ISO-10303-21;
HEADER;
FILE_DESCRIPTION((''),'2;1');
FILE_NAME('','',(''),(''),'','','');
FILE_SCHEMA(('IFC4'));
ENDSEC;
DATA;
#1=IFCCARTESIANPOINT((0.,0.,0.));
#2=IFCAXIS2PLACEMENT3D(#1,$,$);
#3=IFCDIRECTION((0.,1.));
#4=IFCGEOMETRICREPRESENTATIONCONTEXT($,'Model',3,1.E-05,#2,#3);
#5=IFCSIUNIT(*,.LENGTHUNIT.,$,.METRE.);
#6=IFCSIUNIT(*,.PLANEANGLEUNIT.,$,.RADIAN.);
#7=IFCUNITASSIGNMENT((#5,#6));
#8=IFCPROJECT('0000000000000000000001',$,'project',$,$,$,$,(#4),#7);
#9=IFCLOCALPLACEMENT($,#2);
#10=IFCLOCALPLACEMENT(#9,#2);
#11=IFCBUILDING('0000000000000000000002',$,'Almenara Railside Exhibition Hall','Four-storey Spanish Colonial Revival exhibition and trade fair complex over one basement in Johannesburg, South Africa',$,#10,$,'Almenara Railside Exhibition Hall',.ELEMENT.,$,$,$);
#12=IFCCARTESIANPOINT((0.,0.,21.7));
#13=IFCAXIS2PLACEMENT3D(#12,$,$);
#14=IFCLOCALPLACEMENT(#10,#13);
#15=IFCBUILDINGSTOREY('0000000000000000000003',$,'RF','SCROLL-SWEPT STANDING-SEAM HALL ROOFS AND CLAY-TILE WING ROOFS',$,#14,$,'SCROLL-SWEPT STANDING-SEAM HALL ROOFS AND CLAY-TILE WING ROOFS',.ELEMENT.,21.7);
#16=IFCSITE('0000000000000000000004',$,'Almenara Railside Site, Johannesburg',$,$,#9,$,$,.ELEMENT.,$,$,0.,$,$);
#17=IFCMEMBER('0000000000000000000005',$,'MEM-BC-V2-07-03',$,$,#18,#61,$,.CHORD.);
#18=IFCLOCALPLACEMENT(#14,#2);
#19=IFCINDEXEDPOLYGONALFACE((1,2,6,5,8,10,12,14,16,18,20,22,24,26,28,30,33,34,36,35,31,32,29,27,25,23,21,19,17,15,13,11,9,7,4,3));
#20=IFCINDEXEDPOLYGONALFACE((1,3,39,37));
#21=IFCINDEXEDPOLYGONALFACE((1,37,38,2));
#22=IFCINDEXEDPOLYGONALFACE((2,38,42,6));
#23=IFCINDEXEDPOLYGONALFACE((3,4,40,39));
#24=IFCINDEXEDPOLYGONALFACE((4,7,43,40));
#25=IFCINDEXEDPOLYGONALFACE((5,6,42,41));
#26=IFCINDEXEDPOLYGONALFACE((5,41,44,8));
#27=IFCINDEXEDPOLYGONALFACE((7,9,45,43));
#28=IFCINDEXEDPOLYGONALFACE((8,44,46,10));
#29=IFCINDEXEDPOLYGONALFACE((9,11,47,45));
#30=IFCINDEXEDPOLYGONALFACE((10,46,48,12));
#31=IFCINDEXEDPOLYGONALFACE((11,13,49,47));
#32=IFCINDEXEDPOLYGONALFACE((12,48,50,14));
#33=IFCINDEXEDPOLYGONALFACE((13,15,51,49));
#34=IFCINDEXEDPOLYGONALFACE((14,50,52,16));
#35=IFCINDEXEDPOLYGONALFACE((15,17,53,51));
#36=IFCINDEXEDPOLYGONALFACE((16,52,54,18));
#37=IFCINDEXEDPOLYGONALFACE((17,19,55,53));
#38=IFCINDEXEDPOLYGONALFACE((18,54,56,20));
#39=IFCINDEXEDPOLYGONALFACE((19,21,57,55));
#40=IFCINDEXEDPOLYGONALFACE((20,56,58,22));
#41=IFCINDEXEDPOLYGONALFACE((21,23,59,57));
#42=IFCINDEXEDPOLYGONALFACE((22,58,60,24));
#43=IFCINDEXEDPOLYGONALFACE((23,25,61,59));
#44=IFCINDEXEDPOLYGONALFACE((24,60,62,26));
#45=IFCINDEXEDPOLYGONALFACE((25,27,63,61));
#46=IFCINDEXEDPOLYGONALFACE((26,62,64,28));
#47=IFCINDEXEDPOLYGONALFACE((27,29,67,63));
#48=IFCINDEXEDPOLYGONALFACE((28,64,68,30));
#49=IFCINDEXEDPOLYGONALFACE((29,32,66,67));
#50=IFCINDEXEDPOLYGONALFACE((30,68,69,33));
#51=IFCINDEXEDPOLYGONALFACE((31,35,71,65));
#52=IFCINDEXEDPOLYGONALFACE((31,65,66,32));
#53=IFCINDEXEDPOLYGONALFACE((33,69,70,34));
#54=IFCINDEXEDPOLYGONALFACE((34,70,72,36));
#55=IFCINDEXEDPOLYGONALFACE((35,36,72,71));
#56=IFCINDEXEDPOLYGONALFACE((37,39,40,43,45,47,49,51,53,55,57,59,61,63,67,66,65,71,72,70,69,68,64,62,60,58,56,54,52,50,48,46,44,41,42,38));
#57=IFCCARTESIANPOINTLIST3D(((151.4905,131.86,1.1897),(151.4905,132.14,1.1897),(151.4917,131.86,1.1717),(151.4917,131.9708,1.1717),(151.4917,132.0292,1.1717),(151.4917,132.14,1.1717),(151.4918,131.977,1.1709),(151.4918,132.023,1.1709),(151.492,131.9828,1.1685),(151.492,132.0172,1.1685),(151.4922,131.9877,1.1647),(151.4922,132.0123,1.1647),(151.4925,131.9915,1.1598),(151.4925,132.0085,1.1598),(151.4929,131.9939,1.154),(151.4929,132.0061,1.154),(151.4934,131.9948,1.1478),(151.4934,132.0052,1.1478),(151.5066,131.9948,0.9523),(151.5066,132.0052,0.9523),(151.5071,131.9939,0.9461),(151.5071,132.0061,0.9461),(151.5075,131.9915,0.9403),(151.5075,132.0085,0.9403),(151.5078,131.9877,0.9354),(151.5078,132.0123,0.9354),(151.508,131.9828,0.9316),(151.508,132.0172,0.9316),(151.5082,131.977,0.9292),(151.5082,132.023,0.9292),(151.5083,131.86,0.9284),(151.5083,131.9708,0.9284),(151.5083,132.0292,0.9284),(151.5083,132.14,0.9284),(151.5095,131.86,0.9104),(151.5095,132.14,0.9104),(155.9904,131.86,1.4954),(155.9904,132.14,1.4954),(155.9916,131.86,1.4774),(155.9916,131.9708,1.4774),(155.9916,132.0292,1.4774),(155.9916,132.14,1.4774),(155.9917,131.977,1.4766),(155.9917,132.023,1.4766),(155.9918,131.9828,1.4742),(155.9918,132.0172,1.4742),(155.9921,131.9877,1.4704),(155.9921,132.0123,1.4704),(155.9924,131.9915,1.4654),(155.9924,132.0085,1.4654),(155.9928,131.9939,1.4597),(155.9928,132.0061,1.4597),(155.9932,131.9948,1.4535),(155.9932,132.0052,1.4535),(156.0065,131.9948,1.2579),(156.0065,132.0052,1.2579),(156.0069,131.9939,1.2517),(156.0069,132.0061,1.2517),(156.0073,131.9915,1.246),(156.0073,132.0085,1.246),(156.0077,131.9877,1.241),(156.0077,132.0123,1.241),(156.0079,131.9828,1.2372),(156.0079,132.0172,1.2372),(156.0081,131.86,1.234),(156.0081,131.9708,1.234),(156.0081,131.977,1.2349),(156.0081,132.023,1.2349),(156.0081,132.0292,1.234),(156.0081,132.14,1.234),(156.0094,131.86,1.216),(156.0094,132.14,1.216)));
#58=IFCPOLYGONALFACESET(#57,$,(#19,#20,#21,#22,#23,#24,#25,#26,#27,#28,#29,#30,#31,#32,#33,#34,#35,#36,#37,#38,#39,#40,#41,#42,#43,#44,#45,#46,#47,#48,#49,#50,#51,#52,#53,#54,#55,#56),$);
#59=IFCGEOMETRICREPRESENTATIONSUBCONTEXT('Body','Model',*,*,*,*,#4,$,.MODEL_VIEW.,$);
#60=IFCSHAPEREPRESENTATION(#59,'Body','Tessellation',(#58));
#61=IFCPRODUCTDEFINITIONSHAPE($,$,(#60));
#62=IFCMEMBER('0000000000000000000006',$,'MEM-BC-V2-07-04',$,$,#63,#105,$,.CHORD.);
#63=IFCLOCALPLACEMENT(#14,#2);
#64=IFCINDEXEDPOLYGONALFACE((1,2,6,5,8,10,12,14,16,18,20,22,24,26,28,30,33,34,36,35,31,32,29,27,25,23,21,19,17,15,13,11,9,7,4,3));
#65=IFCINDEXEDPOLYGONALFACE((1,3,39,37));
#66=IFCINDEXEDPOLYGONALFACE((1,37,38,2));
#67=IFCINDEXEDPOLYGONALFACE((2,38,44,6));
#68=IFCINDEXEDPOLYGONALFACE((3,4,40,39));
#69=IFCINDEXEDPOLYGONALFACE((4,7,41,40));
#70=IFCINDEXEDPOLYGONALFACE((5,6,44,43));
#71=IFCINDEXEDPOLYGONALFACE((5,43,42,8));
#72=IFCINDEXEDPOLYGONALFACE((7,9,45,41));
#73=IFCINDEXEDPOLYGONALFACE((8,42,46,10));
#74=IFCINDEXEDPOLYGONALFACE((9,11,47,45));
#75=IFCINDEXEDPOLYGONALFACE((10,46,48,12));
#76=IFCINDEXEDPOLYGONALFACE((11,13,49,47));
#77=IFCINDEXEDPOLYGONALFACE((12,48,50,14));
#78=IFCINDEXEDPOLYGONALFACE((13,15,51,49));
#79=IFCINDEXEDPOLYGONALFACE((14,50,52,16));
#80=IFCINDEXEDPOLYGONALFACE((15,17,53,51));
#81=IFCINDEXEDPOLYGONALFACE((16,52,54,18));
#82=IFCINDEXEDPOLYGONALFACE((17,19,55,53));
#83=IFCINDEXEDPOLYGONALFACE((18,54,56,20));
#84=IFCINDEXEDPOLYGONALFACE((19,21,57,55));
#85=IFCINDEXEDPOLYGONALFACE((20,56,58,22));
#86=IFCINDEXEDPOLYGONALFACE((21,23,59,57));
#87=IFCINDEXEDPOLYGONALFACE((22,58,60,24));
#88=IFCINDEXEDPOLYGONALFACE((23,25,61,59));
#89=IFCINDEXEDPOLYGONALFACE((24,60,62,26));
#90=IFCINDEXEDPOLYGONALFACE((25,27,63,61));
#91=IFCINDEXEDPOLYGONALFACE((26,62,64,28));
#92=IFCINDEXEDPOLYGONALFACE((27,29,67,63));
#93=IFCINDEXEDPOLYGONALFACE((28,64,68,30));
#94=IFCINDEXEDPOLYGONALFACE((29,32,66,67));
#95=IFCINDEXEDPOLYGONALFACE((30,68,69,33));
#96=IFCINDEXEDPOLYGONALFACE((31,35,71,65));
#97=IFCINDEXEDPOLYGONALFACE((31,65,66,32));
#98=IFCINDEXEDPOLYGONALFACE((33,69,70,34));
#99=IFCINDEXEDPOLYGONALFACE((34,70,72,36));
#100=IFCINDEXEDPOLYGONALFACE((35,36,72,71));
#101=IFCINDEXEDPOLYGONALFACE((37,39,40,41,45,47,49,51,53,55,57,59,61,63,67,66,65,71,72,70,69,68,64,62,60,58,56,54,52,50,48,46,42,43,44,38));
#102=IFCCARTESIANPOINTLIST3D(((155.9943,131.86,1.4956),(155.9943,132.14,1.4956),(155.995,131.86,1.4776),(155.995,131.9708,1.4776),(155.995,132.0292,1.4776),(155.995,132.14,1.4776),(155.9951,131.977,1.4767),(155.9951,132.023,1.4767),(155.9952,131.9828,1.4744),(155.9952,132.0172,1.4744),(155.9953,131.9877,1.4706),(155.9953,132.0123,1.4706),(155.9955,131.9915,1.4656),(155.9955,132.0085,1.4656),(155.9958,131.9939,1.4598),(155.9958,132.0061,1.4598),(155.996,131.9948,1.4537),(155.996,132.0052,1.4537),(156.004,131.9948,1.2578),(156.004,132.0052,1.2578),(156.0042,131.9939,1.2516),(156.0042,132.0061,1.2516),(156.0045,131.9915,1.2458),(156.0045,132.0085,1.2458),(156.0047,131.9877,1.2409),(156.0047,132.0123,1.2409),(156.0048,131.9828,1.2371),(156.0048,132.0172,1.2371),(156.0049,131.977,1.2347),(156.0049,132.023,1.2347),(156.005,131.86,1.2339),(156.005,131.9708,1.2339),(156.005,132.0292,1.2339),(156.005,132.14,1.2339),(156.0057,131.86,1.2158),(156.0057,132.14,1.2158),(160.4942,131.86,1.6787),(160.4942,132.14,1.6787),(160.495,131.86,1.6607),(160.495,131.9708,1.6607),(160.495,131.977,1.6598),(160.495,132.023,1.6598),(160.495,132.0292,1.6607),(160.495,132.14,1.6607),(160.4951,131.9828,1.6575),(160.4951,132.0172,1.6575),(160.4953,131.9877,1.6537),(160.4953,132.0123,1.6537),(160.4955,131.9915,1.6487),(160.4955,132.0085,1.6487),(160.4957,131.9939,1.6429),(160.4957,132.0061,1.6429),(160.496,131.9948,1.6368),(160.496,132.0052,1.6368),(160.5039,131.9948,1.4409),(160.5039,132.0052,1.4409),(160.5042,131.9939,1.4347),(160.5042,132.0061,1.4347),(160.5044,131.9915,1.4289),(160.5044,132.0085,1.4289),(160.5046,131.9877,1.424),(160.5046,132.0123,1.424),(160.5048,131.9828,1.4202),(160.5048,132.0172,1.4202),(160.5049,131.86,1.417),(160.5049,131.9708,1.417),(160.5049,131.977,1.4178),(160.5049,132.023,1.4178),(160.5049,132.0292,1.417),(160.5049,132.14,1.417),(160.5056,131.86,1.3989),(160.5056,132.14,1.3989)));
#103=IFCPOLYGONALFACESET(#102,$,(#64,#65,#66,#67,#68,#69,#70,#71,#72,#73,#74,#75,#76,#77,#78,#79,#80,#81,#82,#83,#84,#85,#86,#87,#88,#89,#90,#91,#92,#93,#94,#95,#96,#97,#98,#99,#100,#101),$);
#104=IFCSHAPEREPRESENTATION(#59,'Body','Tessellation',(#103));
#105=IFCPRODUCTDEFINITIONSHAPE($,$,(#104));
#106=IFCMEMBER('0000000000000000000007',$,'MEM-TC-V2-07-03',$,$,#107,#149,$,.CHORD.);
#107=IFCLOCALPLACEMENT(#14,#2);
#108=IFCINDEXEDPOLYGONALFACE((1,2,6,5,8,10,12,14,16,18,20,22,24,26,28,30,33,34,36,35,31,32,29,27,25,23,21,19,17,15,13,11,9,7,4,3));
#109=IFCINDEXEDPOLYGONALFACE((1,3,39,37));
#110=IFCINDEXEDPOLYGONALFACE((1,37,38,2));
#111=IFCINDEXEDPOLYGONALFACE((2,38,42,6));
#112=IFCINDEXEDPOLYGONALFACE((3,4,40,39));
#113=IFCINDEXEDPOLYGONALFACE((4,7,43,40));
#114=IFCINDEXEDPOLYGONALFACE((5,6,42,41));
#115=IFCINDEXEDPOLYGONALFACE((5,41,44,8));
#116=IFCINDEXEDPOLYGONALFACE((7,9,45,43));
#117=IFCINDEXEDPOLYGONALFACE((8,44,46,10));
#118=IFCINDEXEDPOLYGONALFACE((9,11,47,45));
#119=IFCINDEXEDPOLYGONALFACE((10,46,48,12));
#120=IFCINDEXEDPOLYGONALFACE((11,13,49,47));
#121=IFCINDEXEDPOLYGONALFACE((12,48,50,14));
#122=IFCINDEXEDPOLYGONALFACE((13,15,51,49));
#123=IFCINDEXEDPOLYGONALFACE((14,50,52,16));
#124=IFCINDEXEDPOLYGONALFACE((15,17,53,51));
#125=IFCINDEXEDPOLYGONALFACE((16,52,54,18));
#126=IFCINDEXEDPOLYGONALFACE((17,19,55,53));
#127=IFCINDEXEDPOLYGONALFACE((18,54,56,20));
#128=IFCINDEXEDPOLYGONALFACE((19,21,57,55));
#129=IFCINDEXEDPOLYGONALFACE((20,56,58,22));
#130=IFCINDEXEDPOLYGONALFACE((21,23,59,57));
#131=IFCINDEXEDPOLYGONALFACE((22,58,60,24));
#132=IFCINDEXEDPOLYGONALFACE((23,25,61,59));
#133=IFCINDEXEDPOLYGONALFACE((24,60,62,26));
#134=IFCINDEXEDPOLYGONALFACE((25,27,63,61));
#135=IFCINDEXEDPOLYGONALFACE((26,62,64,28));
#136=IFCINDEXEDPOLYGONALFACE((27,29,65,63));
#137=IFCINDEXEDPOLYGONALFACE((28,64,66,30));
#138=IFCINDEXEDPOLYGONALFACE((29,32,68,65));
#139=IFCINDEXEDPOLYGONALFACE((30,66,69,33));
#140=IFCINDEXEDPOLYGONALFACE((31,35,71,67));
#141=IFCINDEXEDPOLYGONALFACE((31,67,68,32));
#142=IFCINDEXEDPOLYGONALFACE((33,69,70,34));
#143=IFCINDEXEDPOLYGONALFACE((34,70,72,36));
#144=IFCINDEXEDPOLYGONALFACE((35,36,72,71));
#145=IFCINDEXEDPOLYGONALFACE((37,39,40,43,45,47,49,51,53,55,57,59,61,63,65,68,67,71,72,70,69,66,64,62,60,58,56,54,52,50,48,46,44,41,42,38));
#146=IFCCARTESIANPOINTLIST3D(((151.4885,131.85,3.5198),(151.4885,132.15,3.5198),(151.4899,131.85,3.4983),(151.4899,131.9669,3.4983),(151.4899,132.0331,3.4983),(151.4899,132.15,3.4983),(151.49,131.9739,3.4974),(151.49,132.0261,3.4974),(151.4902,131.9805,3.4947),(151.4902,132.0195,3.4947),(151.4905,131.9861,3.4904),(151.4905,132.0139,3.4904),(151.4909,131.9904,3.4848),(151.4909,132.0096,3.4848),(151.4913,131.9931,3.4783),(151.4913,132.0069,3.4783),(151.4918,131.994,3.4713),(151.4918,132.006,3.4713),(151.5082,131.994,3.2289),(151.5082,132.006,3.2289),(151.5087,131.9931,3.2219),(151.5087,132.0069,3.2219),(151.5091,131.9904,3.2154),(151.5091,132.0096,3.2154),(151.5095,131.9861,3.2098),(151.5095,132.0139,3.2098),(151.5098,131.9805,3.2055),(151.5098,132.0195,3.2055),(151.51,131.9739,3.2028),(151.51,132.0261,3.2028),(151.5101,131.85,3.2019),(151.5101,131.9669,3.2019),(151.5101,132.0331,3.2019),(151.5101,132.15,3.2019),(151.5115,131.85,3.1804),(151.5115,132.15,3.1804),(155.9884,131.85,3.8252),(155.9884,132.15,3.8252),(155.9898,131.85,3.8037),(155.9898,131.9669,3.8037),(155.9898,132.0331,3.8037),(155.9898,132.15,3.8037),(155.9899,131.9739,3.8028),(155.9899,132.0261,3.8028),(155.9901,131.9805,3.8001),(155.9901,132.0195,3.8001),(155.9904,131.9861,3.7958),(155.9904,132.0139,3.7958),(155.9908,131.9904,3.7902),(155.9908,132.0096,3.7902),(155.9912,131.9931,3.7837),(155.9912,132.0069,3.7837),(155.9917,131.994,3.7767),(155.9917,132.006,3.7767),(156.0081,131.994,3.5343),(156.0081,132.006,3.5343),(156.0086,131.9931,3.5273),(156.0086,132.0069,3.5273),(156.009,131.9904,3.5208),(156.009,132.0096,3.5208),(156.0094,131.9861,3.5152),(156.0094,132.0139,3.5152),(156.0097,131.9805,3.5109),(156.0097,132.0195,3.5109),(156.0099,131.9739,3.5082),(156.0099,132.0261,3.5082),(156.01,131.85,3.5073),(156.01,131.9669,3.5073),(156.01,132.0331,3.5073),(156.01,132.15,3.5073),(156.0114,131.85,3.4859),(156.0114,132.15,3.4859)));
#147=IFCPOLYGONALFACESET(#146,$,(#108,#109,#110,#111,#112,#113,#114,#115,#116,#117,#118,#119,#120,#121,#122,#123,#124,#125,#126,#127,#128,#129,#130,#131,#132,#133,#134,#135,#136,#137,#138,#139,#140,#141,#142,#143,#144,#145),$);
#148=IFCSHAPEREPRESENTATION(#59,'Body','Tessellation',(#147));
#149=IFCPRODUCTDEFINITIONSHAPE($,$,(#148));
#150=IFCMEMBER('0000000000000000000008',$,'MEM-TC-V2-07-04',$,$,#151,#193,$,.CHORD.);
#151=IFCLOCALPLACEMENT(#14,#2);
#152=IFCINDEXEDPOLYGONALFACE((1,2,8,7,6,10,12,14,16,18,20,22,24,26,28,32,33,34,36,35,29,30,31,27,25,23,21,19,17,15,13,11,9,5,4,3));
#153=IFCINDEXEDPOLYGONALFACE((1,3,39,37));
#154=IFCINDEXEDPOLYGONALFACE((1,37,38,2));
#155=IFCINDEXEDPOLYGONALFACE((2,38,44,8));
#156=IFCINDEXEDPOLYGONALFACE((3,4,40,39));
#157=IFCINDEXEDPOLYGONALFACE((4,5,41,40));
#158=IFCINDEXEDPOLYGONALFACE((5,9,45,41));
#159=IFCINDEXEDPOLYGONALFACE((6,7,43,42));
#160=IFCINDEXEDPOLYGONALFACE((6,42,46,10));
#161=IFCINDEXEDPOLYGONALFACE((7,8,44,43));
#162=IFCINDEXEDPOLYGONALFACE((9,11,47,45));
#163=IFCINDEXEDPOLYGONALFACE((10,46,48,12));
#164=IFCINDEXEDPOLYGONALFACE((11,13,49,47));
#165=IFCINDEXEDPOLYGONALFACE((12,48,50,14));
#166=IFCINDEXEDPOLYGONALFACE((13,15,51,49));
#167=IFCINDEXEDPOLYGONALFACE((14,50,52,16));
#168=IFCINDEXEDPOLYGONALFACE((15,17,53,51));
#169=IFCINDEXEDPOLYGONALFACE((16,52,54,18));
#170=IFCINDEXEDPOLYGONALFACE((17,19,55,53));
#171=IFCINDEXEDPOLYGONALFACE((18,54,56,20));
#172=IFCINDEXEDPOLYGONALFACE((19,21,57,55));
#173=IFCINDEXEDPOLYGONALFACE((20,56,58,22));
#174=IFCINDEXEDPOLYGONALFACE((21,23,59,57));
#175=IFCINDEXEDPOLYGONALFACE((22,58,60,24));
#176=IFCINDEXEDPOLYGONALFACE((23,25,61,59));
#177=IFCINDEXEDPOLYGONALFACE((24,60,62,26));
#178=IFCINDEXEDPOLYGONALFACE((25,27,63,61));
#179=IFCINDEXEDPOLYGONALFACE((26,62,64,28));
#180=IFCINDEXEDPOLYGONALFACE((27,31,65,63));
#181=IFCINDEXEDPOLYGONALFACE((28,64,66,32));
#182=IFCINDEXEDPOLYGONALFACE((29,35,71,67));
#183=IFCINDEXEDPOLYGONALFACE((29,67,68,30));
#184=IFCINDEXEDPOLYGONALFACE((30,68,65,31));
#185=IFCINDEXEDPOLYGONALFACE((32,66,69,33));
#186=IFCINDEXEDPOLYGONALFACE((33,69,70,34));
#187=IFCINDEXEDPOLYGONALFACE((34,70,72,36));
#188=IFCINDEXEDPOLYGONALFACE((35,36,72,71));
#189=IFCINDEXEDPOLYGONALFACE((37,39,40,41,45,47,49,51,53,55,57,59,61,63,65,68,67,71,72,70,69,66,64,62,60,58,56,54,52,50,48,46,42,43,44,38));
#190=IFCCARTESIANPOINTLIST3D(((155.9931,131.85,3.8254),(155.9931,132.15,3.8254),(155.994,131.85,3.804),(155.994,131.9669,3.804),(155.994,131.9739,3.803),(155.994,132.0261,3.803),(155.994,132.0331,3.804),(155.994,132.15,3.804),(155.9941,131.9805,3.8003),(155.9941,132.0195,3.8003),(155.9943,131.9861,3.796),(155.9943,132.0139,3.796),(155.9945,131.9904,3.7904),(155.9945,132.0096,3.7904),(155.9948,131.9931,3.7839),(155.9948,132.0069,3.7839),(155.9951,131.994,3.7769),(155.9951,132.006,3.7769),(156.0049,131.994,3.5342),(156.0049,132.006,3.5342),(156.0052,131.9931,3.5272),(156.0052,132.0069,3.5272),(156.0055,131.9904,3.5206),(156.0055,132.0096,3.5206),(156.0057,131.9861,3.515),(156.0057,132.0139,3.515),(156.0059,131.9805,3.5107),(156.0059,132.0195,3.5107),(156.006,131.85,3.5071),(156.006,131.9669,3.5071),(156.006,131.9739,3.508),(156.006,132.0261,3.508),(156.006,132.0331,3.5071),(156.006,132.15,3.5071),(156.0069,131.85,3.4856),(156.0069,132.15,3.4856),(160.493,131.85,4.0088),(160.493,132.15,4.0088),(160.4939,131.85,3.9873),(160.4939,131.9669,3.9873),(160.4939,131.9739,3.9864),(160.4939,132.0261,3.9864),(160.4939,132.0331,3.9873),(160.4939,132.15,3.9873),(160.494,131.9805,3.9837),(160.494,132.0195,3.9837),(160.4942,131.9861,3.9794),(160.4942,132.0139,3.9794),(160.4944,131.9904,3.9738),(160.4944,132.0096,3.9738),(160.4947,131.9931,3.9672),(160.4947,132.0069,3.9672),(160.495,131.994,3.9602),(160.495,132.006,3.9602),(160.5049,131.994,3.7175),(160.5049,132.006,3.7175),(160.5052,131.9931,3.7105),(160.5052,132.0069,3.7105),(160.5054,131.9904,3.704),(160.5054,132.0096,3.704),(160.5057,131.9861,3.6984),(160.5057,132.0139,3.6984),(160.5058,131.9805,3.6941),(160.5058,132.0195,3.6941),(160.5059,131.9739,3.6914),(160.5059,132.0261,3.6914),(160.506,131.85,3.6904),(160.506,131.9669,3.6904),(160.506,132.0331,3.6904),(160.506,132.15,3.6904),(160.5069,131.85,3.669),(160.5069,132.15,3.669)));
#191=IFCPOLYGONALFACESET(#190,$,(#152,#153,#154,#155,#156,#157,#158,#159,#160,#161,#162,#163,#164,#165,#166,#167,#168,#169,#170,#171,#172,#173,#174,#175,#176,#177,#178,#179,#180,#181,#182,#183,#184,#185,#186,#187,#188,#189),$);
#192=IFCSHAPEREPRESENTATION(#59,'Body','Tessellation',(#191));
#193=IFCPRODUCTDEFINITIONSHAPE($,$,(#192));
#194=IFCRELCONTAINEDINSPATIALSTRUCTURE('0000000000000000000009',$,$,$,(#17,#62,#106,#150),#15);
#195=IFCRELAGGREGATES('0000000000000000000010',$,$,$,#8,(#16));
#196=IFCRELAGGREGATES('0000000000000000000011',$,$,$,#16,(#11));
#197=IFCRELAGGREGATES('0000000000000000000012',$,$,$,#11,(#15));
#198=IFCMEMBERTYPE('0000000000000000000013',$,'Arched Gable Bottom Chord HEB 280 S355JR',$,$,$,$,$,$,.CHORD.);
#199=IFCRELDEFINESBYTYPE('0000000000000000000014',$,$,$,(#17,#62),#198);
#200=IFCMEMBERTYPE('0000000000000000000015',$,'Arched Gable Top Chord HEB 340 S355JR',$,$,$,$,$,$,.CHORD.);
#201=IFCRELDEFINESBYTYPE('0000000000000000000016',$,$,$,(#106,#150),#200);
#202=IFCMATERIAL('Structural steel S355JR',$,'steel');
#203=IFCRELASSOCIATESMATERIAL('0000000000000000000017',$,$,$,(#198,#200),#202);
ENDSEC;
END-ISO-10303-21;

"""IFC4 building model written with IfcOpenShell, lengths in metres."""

from ifc_helpers import new_model, si_unit, direction, frame, origin, origin_2d, place, context, subcontext, project, spatial, i_section, extrude, material, material_profile, profile_set, type_object, element, save


model = new_model("IFC4")

# Units and contexts
model_context = context("Model", 3, precision=1e-05, world=origin(), true_north=direction((0.0, 1.0)))
body_context = subcontext(model_context, "Body", "Model", "MODEL_VIEW")
ifc_project = project(units=[si_unit("LENGTHUNIT", "METRE"), si_unit("PLANEANGLEUNIT", "RADIAN")], contexts=[model_context])

# Site, building, storey
site_placement = place(None, origin())
site = spatial("IfcSite", under=ifc_project, at=site_placement, Name="Almenara Railside Site, Johannesburg", CompositionType="ELEMENT", RefElevation=0.0)
building_placement = place(site_placement, origin())
building = spatial("IfcBuilding", under=site, at=building_placement, Name="Almenara Railside Exhibition Hall", Description="Four-storey Spanish Colonial Revival exhibition and trade fair complex over one basement in Johannesburg, South Africa", LongName="Almenara Railside Exhibition Hall", CompositionType="ELEMENT")
storey_placement = place(building_placement, frame((0.0, 0.0, 21.7)))
storey = spatial("IfcBuildingStorey", under=building, at=storey_placement, Name="RF", Description="SCROLL-SWEPT STANDING-SEAM HALL ROOFS AND CLAY-TILE WING ROOFS", LongName="SCROLL-SWEPT STANDING-SEAM HALL ROOFS AND CLAY-TILE WING ROOFS", CompositionType="ELEMENT", Elevation=21.7)

# Members
ifc_material_1 = material(Name="Structural steel S355JR", Category="steel")
ifc_material_profile_1 = material_profile(ifc_material_1, i_section(OverallWidth=0.28, OverallDepth=0.28, WebThickness=0.0105, FlangeThickness=0.0181, FilletRadius=0.0239, at=origin_2d()), Name="HEB 280")
ifc_profile_set_1 = profile_set([ifc_material_profile_1], Name="Structural steel S355JR")
member_type_1 = type_object("IfcMemberType", Name="Arched Gable Bottom Chord HEB 280 S355JR", PredefinedType="CHORD", material=ifc_profile_set_1)
member_1_placement = place(storey_placement, frame((151.5, 132.0, 1.05), z_axis=(0.997701, 0.0, 0.067769), x_axis=(0.0, 1.0, 0.0)))
element("IfcMember", 1, at=member_1_placement, inside=storey, type_object=member_type_1, Name="MEM-BC-V2-07-03", PredefinedType="CHORD", context=body_context, shape_type="SweptSolid", body=[
    extrude(i_section(OverallWidth=0.28, OverallDepth=0.28, WebThickness=0.0105, FlangeThickness=0.0181, FilletRadius=0.0239, at=origin_2d()), origin(), (0.0, 0.0, 1.0), 4.5103),
])
member_2_placement = place(storey_placement, frame((156.0, 132.0, 1.3557), z_axis=(0.999173, 0.0, 0.040656), x_axis=(0.0, 1.0, 0.0)))
element("IfcMember", 2, at=member_2_placement, inside=storey, type_object=member_type_1, Name="MEM-BC-V2-07-04", PredefinedType="CHORD", context=body_context, shape_type="SweptSolid", body=[
    extrude(i_section(OverallWidth=0.28, OverallDepth=0.28, WebThickness=0.0105, FlangeThickness=0.0181, FilletRadius=0.0239, at=origin_2d()), origin(), (0.0, 0.0, 1.0), 4.5037),
])
ifc_material_profile_2 = material_profile(ifc_material_1, i_section(OverallWidth=0.3, OverallDepth=0.3401, WebThickness=0.012, FlangeThickness=0.0215, FilletRadius=0.0271, at=origin_2d()), Name="HEB 340")
ifc_profile_set_2 = profile_set([ifc_material_profile_2], Name="Structural steel S355JR")
member_type_2 = type_object("IfcMemberType", Name="Arched Gable Top Chord HEB 340 S355JR", PredefinedType="CHORD", material=ifc_profile_set_2)
member_3_placement = place(storey_placement, frame((151.5, 132.0, 3.3501), z_axis=(0.997705, 0.0, 0.067715), x_axis=(0.0, 1.0, 0.0)))
element("IfcMember", 3, at=member_3_placement, inside=storey, type_object=member_type_2, Name="MEM-TC-V2-07-03", PredefinedType="CHORD", context=body_context, shape_type="SweptSolid", body=[
    extrude(i_section(OverallWidth=0.3, OverallDepth=0.3401, WebThickness=0.012, FlangeThickness=0.0215, FilletRadius=0.0271, at=origin_2d()), origin(), (0.0, 0.0, 1.0), 4.5103),
])
member_4_placement = place(storey_placement, frame((156.0, 132.0, 3.6555), z_axis=(0.999171, 0.0, 0.040711), x_axis=(0.0, 1.0, 0.0)))
element("IfcMember", 4, at=member_4_placement, inside=storey, type_object=member_type_2, Name="MEM-TC-V2-07-04", PredefinedType="CHORD", context=body_context, shape_type="SweptSolid", body=[
    extrude(i_section(OverallWidth=0.3, OverallDepth=0.3401, WebThickness=0.012, FlangeThickness=0.0215, FilletRadius=0.0271, at=origin_2d()), origin(), (0.0, 0.0, 1.0), 4.5037),
])

save(model, "model.ifc")
